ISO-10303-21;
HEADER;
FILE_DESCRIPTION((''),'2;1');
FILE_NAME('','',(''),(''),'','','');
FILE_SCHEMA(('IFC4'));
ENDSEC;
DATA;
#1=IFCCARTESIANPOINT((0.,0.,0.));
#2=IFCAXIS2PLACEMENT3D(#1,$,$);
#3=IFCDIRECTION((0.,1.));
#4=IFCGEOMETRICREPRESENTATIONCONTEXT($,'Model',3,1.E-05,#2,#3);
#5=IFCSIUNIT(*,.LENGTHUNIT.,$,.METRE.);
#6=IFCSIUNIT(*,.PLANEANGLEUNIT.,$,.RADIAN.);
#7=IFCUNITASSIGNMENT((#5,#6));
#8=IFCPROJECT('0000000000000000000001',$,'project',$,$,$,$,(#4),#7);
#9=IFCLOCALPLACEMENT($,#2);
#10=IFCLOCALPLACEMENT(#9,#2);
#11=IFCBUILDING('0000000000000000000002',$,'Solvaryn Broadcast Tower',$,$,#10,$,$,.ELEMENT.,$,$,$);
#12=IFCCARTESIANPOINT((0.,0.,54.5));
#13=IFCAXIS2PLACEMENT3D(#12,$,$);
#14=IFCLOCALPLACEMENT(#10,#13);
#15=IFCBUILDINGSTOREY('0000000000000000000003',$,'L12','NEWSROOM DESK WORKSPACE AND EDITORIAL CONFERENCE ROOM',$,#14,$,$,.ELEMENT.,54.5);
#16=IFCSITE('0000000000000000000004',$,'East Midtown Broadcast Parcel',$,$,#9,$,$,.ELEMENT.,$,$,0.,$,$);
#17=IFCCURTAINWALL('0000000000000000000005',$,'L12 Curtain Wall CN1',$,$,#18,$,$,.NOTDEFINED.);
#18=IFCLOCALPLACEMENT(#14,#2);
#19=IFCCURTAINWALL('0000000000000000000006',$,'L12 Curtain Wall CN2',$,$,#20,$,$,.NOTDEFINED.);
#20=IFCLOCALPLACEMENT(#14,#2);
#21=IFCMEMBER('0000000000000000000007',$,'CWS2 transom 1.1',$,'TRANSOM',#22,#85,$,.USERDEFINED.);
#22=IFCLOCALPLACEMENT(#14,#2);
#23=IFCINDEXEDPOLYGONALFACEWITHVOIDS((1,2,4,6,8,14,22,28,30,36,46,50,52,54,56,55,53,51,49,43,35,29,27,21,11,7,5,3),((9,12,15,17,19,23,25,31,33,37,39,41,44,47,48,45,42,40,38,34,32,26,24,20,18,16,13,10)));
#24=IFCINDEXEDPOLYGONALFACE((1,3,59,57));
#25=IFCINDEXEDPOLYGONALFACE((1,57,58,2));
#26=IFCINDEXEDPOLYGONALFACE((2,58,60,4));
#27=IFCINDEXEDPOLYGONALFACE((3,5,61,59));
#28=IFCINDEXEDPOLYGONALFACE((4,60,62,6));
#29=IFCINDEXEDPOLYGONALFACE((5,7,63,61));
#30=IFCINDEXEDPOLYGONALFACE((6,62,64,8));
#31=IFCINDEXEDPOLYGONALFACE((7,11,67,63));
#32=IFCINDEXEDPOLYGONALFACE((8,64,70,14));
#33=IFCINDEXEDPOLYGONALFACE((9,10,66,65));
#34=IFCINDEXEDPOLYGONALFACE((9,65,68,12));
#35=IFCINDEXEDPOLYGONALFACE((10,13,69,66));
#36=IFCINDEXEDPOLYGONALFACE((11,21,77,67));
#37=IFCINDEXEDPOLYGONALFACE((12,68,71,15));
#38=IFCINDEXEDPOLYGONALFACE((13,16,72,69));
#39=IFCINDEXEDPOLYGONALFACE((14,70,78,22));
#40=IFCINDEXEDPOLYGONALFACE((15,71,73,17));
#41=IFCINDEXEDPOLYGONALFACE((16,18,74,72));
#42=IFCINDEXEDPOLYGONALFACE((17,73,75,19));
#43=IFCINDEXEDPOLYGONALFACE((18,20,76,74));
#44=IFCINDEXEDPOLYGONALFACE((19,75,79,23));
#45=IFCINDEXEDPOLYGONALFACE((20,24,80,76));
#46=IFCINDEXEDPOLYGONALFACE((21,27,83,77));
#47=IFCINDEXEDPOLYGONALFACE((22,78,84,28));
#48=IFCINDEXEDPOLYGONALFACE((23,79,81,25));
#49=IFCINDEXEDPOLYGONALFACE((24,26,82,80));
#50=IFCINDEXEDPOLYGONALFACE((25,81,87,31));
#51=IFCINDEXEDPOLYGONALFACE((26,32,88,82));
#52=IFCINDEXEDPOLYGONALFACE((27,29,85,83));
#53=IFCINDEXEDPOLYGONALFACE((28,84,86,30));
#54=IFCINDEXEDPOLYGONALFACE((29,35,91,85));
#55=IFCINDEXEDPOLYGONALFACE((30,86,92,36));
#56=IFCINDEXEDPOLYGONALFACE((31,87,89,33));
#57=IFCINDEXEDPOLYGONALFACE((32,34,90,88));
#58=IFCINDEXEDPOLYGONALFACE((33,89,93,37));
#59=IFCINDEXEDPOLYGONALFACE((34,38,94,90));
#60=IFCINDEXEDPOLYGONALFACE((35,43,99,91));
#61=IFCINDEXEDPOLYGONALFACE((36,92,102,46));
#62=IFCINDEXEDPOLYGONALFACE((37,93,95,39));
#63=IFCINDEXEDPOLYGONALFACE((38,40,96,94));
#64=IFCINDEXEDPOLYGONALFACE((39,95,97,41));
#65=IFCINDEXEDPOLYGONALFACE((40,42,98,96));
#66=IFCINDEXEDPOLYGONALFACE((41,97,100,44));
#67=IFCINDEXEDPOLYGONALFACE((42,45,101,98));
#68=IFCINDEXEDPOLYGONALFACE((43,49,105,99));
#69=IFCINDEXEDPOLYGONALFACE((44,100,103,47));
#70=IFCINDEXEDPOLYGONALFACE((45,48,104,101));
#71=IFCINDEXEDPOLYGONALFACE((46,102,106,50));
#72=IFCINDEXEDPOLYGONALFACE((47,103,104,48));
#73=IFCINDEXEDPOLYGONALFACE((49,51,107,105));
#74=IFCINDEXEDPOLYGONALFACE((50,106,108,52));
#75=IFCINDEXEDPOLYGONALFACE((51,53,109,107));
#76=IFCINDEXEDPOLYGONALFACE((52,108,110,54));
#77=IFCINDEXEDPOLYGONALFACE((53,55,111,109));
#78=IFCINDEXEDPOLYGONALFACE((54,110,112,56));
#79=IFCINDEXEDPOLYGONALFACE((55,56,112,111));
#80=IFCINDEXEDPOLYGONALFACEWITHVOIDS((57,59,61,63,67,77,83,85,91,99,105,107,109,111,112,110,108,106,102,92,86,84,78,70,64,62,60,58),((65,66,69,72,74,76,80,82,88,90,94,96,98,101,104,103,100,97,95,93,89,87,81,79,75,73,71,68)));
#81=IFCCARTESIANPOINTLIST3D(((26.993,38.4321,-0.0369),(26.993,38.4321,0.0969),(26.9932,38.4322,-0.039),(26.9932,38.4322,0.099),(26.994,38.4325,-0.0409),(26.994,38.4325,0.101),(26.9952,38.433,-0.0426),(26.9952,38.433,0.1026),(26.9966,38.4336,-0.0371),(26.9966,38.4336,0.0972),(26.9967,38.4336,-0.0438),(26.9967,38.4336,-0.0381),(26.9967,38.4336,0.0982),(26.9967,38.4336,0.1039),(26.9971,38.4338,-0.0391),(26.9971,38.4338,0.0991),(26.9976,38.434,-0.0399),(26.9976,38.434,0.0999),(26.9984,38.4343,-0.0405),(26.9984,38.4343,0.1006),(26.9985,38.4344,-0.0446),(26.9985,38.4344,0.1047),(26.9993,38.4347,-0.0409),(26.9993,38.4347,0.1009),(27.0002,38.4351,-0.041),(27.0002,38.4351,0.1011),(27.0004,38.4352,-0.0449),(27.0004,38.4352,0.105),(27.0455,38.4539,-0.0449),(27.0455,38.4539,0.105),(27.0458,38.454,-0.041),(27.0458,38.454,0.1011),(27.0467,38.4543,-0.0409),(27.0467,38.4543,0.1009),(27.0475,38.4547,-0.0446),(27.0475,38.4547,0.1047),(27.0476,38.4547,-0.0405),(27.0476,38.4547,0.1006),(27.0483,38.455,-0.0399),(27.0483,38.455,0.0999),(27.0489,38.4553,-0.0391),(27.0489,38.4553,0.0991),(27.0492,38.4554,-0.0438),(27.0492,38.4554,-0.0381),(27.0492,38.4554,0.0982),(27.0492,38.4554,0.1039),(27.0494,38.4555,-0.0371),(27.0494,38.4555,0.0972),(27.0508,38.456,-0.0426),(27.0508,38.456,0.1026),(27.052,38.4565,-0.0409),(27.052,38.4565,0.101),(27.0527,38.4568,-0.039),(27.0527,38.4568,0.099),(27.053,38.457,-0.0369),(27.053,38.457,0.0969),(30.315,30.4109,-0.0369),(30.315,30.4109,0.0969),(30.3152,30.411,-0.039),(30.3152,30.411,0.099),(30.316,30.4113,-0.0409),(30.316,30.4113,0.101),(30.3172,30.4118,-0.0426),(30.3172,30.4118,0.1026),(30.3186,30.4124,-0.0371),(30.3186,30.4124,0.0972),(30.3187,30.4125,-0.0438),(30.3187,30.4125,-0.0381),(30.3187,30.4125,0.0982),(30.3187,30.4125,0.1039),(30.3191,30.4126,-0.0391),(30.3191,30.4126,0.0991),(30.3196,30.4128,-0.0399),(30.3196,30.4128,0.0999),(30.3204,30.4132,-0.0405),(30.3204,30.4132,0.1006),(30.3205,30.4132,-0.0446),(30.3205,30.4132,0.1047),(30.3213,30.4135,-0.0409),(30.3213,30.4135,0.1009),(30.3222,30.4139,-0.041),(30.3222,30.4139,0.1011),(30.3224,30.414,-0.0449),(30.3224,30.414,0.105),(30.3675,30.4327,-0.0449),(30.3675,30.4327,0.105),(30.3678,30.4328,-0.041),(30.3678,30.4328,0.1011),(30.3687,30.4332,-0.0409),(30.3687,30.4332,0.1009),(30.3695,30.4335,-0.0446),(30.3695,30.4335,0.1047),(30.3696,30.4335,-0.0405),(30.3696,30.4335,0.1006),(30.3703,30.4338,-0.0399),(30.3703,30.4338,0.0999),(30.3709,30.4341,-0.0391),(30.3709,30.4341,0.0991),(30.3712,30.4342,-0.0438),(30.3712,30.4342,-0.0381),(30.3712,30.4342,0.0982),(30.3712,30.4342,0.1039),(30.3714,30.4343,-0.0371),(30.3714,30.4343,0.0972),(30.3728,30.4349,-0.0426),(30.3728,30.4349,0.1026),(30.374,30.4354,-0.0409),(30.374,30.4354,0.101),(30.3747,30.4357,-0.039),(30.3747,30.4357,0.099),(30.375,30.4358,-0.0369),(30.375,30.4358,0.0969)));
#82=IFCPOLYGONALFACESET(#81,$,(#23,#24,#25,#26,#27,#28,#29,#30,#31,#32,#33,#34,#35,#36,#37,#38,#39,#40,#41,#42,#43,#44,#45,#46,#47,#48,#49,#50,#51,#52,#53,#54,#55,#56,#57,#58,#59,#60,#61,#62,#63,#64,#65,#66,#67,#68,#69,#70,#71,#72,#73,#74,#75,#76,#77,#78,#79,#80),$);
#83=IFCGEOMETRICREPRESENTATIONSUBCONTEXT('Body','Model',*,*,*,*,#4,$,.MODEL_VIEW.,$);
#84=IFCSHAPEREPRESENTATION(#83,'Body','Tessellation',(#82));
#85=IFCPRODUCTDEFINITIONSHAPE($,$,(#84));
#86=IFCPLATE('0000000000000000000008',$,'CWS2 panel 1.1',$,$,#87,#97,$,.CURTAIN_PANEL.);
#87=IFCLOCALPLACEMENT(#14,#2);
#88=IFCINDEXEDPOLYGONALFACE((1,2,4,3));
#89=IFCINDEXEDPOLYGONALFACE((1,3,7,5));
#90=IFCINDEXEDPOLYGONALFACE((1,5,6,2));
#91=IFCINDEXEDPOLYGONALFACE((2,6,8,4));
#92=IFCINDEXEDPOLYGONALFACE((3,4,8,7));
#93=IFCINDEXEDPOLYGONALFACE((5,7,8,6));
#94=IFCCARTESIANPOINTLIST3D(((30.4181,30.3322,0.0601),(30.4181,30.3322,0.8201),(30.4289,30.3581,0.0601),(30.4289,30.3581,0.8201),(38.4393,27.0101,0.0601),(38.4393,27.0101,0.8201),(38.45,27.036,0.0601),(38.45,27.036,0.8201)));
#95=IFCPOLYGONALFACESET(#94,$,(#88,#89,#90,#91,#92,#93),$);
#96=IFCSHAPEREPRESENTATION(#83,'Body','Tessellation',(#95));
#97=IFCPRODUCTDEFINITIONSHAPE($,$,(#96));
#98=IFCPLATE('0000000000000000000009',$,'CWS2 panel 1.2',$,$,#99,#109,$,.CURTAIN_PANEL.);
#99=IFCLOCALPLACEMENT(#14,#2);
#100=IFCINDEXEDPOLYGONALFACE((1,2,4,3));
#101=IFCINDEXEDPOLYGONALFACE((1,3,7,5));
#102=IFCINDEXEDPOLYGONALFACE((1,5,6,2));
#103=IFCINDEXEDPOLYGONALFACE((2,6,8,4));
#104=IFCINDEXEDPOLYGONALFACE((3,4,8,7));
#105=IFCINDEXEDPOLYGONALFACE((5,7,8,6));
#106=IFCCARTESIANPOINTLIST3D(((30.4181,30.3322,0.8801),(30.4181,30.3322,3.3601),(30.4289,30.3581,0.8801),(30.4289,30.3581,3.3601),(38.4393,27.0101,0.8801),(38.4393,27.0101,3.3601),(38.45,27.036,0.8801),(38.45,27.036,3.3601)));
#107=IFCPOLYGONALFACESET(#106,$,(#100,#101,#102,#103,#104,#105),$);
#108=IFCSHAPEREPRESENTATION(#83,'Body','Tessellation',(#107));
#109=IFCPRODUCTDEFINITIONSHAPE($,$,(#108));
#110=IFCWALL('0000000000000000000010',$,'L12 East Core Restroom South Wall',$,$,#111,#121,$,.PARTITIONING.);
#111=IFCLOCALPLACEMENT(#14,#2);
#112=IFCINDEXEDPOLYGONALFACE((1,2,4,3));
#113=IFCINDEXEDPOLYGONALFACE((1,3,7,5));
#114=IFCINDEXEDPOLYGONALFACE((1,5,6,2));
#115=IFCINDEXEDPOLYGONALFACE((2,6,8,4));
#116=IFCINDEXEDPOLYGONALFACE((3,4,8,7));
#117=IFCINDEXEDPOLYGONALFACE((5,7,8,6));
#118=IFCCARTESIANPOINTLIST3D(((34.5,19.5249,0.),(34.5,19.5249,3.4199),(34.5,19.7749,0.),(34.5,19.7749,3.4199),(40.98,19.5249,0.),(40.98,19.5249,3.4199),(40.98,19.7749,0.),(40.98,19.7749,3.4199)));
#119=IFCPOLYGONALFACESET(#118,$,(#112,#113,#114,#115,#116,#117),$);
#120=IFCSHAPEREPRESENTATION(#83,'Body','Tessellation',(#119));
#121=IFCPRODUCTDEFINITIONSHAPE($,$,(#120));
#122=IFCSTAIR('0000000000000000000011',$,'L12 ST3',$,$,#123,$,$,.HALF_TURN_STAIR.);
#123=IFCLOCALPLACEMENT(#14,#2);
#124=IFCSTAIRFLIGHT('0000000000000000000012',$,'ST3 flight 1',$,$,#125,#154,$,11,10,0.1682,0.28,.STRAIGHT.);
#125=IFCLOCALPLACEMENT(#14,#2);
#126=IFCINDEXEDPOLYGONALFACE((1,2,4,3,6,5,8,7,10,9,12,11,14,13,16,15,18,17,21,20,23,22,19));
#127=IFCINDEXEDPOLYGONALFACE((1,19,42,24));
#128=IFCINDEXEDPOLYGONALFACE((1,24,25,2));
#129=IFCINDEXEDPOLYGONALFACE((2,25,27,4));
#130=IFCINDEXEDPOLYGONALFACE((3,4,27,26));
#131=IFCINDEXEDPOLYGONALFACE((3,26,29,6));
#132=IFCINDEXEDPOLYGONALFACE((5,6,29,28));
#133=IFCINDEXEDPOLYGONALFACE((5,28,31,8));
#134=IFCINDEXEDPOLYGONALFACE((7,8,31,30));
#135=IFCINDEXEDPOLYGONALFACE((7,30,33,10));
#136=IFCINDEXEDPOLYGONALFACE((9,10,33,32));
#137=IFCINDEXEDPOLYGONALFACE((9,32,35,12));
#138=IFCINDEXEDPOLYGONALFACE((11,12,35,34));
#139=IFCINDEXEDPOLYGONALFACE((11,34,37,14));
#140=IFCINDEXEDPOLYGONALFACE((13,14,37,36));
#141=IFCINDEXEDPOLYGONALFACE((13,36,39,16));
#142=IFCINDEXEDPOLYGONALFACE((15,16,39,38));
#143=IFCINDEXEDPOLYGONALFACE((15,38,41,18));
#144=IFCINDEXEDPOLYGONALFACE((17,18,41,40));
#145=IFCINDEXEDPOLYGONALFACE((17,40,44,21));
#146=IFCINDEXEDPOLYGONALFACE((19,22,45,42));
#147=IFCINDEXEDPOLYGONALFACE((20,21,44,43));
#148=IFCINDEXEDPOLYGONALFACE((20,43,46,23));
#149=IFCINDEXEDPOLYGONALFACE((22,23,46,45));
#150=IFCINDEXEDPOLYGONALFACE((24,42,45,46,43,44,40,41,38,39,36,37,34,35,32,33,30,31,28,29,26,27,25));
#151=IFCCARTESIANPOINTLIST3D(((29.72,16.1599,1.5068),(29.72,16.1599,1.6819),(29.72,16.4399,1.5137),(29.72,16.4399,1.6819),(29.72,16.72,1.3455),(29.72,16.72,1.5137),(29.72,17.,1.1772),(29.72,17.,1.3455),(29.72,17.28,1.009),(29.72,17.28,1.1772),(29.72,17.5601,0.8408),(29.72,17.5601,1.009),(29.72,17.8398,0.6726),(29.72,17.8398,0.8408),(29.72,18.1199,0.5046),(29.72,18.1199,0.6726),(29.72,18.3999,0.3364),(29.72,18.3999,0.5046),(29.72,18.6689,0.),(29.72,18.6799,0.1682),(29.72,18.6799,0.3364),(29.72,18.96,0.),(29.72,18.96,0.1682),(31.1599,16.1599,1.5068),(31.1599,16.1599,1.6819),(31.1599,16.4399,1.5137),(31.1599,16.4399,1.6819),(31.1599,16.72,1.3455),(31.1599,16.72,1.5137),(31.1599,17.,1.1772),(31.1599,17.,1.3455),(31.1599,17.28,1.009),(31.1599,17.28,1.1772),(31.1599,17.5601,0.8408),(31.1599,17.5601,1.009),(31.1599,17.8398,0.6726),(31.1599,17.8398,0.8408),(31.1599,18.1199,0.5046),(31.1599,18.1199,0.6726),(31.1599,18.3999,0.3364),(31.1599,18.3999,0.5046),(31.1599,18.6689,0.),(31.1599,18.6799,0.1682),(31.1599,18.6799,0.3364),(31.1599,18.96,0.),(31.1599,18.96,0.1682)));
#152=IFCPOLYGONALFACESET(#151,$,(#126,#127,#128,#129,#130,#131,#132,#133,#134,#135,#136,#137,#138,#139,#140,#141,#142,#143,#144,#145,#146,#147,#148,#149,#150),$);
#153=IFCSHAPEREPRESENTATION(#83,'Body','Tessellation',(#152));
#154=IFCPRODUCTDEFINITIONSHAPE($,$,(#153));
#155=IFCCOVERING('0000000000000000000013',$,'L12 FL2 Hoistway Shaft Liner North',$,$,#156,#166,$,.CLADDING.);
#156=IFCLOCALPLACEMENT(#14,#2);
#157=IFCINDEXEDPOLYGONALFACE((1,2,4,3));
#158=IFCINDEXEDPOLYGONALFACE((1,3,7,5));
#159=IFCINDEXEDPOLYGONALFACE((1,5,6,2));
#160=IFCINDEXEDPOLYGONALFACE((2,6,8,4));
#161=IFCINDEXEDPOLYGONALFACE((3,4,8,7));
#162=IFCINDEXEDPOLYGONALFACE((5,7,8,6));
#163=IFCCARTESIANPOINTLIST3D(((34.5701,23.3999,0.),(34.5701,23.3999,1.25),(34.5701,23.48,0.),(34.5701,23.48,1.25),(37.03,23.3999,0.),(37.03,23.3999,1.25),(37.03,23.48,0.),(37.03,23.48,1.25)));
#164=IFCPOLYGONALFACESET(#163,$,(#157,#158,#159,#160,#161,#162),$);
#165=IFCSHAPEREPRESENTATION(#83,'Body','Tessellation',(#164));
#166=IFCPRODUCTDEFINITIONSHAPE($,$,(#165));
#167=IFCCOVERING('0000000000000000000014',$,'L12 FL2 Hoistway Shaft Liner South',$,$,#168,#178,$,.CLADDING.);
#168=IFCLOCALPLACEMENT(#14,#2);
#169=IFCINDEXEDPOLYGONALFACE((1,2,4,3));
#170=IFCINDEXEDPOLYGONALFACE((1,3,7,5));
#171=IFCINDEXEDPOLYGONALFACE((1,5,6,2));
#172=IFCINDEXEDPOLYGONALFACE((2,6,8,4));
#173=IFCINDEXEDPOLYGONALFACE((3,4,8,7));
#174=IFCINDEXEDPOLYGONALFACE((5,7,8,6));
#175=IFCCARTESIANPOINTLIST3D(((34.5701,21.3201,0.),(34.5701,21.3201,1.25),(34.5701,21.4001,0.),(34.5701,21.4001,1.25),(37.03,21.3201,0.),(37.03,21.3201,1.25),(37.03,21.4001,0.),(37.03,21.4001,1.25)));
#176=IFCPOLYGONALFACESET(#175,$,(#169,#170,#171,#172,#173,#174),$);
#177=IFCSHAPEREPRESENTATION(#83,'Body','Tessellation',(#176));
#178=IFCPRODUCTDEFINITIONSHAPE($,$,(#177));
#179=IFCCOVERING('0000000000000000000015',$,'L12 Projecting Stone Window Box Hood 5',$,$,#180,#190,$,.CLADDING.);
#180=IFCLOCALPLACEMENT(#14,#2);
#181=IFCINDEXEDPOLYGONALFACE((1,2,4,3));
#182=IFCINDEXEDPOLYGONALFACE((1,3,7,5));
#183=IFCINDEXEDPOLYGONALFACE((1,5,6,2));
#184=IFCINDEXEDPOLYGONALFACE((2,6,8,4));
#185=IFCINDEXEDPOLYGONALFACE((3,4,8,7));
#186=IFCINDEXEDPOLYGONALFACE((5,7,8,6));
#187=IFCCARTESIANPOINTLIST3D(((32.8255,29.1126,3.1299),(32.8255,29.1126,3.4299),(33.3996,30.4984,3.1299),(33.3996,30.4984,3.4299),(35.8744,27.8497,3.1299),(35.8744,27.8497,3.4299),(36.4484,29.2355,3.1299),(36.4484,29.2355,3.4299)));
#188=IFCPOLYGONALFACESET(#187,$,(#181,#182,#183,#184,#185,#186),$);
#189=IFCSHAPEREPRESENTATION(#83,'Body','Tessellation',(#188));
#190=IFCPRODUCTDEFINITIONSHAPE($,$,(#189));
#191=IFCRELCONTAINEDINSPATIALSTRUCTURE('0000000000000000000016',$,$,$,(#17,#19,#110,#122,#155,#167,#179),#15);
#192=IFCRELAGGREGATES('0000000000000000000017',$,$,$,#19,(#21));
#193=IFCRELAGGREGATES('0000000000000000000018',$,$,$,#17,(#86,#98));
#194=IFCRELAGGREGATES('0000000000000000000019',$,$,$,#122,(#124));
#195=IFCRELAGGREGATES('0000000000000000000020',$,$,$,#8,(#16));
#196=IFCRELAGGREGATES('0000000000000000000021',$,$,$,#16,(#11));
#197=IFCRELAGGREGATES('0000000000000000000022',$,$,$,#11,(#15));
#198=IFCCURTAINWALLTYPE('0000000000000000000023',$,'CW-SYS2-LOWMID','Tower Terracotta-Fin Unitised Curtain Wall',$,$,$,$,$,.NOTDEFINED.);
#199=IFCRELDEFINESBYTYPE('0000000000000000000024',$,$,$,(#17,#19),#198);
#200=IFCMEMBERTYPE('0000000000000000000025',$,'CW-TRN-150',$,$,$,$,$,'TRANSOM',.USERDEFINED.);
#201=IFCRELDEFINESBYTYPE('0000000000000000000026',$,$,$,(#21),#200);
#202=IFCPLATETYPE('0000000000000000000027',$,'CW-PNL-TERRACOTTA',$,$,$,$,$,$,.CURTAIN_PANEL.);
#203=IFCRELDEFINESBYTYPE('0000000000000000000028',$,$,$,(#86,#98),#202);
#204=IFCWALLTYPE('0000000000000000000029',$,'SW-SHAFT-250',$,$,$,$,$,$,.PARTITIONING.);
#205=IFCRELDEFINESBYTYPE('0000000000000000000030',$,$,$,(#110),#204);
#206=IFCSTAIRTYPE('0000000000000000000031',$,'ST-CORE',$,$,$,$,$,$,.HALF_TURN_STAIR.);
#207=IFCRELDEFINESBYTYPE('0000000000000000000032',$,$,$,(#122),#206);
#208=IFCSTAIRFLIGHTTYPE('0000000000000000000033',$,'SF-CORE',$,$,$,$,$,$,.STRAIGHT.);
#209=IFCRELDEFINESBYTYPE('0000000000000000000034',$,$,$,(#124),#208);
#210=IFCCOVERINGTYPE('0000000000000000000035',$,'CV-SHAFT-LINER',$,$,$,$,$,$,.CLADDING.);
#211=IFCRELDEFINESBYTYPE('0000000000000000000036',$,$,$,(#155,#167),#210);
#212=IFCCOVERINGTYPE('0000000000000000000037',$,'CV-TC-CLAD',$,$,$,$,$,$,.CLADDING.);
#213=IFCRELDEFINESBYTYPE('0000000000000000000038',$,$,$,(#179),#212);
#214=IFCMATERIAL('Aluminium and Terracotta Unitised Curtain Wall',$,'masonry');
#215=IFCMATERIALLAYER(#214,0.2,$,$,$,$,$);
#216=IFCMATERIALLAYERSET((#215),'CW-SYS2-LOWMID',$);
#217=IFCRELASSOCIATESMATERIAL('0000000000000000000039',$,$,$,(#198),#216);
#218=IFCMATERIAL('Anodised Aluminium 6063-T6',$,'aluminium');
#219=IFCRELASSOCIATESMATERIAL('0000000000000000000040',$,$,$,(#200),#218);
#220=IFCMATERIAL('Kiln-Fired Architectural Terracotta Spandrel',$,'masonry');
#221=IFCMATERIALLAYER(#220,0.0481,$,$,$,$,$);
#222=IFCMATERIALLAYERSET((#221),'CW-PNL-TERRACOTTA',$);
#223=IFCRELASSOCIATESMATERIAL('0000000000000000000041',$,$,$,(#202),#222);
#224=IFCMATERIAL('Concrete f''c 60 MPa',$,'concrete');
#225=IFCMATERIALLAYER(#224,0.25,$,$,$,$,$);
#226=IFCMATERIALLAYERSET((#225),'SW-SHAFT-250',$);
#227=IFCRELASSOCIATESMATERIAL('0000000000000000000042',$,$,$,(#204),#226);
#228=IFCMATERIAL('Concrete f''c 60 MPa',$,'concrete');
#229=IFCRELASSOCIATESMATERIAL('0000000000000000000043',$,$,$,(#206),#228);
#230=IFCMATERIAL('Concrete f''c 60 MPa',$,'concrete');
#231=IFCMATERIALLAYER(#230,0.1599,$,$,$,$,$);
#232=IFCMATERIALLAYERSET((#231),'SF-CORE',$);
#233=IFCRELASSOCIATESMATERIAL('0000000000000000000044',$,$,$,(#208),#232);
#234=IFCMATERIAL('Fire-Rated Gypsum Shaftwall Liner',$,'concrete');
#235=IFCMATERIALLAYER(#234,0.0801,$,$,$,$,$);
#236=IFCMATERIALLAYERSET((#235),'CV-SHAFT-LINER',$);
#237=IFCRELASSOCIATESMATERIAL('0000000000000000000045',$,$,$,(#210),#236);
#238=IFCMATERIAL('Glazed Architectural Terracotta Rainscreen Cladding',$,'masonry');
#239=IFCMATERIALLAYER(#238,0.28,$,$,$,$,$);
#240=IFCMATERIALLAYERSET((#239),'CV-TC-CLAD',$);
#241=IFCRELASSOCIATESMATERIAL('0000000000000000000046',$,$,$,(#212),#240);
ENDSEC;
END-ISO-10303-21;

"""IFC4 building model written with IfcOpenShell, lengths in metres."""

from ifc_helpers import new_model, si_unit, direction, frame, frame_2d, origin, origin_2d, place, context, subcontext, project, spatial, polyline, rectangle, hollow_rectangle, outline, extrude, material, layer, layer_set, material_profile, profile_set, type_object, element, aggregate, save


model = new_model("IFC4")

# Units and contexts
model_context = context("Model", 3, precision=1e-05, world=origin(), true_north=direction((0.0, 1.0)))
body_context = subcontext(model_context, "Body", "Model", "MODEL_VIEW")
ifc_project = project(units=[si_unit("LENGTHUNIT", "METRE"), si_unit("PLANEANGLEUNIT", "RADIAN")], contexts=[model_context])

# Site, building, storey
site_placement = place(None, origin())
site = spatial("IfcSite", under=ifc_project, at=site_placement, Name="East Midtown Broadcast Parcel", CompositionType="ELEMENT", RefElevation=0.0)
building_placement = place(site_placement, origin())
building = spatial("IfcBuilding", under=site, at=building_placement, Name="Solvaryn Broadcast Tower", CompositionType="ELEMENT")
storey_placement = place(building_placement, frame((0.0, 0.0, 54.5)))
storey = spatial("IfcBuildingStorey", under=building, at=storey_placement, Name="L12", Description="NEWSROOM DESK WORKSPACE AND EDITORIAL CONFERENCE ROOM", CompositionType="ELEMENT", Elevation=54.5)

# Curtain wall
ifc_material_1 = material(Name="Aluminium and Terracotta Unitised Curtain Wall", Category="masonry")
ifc_layer_1 = layer(ifc_material_1, 0.2)
ifc_layer_set_1 = layer_set([ifc_layer_1], Name="CW-SYS2-LOWMID")
curtain_wall_type = type_object("IfcCurtainWallType", Name="CW-SYS2-LOWMID", Description="Tower Terracotta-Fin Unitised Curtain Wall", PredefinedType="NOTDEFINED", material=ifc_layer_set_1)
curtain_wall_1_placement = place(storey_placement, origin())
curtain_wall_1 = element("IfcCurtainWall", 1, at=curtain_wall_1_placement, inside=storey, type_object=curtain_wall_type, Name="L12 Curtain Wall CN1", PredefinedType="NOTDEFINED")

# Curtain wall, member
curtain_wall_2_placement = place(storey_placement, origin())
curtain_wall_2 = element("IfcCurtainWall", 2, at=curtain_wall_2_placement, inside=storey, type_object=curtain_wall_type, Name="L12 Curtain Wall CN2", PredefinedType="NOTDEFINED")
ifc_material_2 = material(Name="Anodised Aluminium 6063-T6", Category="aluminium")
ifc_material_profile_1 = material_profile(ifc_material_2, hollow_rectangle(XDim=0.0649, YDim=0.1499, WallThickness=0.0039, InnerFilletRadius=0.0039, OuterFilletRadius=0.0081, at=origin_2d()))
ifc_profile_set_1 = profile_set([ifc_material_profile_1], Name="Anodised Aluminium 6063-T6")
member_type_1 = type_object("IfcMemberType", Name="CW-TRN-150", ElementType="TRANSOM", PredefinedType="USERDEFINED", material=ifc_profile_set_1)
member_1_placement = place(storey_placement, frame((30.345, 30.4233, 0.03), z_axis=(-0.382636, 0.923899, 0.0), x_axis=(-0.923899, -0.382636, 0.0)))
member_1 = element("IfcMember", 3, at=member_1_placement, type_object=member_type_1, Name="CWS2 transom 1.1", ObjectType="TRANSOM", PredefinedType="USERDEFINED", context=body_context, shape_type="SweptSolid", body=[
    extrude(hollow_rectangle(XDim=0.0649, YDim=0.1499, WallThickness=0.0039, InnerFilletRadius=0.0039, OuterFilletRadius=0.0081, at=origin_2d()), origin(), (0.0, 0.0, 1.0), 8.6819),
])
aggregate(curtain_wall_2, [member_1])

# Plates
ifc_material_3 = material(Name="Kiln-Fired Architectural Terracotta Spandrel", Category="masonry")
ifc_layer_2 = layer(ifc_material_3, 0.0481)
ifc_layer_set_2 = layer_set([ifc_layer_2], Name="CW-PNL-TERRACOTTA")
plate_type = type_object("IfcPlateType", Name="CW-PNL-TERRACOTTA", PredefinedType="CURTAIN_PANEL", material=ifc_layer_set_2)
plate_1_placement = place(storey_placement, frame((34.4341, 28.6841, 0.0601), z_axis=(0.0, 0.0, 1.0), x_axis=(-0.923895, 0.382646, 0.0)))
plate_1 = element("IfcPlate", 4, at=plate_1_placement, type_object=plate_type, Name="CWS2 panel 1.1", PredefinedType="CURTAIN_PANEL", context=body_context, shape_type="SweptSolid", body=[
    extrude(rectangle(XDim=8.6819, YDim=0.0281, at=origin_2d()), origin(), (0.0, 0.0, 1.0), 0.76),
])
plate_2_placement = place(storey_placement, frame((34.4341, 28.6841, 0.8801), z_axis=(0.0, 0.0, 1.0), x_axis=(-0.923895, 0.382646, 0.0)))
plate_2 = element("IfcPlate", 5, at=plate_2_placement, type_object=plate_type, Name="CWS2 panel 1.2", PredefinedType="CURTAIN_PANEL", context=body_context, shape_type="SweptSolid", body=[
    extrude(rectangle(XDim=8.6819, YDim=0.0281, at=origin_2d()), origin(), (0.0, 0.0, 1.0), 2.48),
])
aggregate(curtain_wall_1, [plate_1, plate_2])

# Shared definitions
ifc_material_4 = material(Name="Concrete f'c 60 MPa", Category="concrete")
ifc_layer_3 = layer(ifc_material_4, 0.25)
ifc_layer_set_3 = layer_set([ifc_layer_3], Name="SW-SHAFT-250")
wall_type_1 = type_object("IfcWallType", Name="SW-SHAFT-250", PredefinedType="PARTITIONING", material=ifc_layer_set_3)

# Wall
wall_1_placement = place(storey_placement, frame((34.5, 19.6499, 0.0), z_axis=(0.0, 0.0, 1.0), x_axis=(1.0, 0.0, 0.0)))
element("IfcWall", 6, at=wall_1_placement, inside=storey, type_object=wall_type_1, Name="L12 East Core Restroom South Wall", PredefinedType="PARTITIONING", context=body_context, shape_type="SweptSolid", body=[
    extrude(rectangle(XDim=6.48, YDim=0.25, at=frame_2d((3.24, 0.0))), origin(), (0.0, 0.0, 1.0), 3.4199),
])

# Stair, stair flight
ifc_material_5 = material(Name="Concrete f'c 60 MPa", Category="concrete")
stair_type = type_object("IfcStairType", Name="ST-CORE", PredefinedType="HALF_TURN_STAIR", material=ifc_material_5)
stair_placement = place(storey_placement, origin())
stair = element("IfcStair", 7, at=stair_placement, inside=storey, type_object=stair_type, Name="L12 ST3", PredefinedType="HALF_TURN_STAIR")
ifc_material_6 = material(Name="Concrete f'c 60 MPa", Category="concrete")
ifc_layer_4 = layer(ifc_material_6, 0.1599)
ifc_layer_set_4 = layer_set([ifc_layer_4], Name="SF-CORE")
stair_flight_type = type_object("IfcStairFlightType", Name="SF-CORE", PredefinedType="STRAIGHT", material=ifc_layer_set_4)
stair_flight_placement = place(storey_placement, frame((30.4399, 18.96, 0.0), z_axis=(0.0, 0.0, 1.0), x_axis=(0.0, -1.0, 0.0)))
stair_flight = element("IfcStairFlight", 8, at=stair_flight_placement, type_object=stair_flight_type, Name="ST3 flight 1", NumberOfRisers=11, NumberOfTreads=10, PredefinedType="STRAIGHT", RiserHeight=0.1682, TreadLength=0.28, context=body_context, shape_type="SweptSolid", body=[
    extrude(outline(polyline([(0.0, 0.0), (0.0, 0.1682), (0.28, 0.1682), (0.28, 0.3364), (0.5601, 0.3364), (0.5601, 0.5046), (0.8401, 0.5046), (0.8401, 0.6726), (1.1201, 0.6726), (1.1201, 0.8408), (1.3999, 0.8408), (1.3999, 1.009), (1.6799, 1.009), (1.6799, 1.1772), (1.96, 1.1772), (1.96, 1.3455), (2.24, 1.3455), (2.24, 1.5137), (2.52, 1.5137), (2.52, 1.6819), (2.8, 1.6819), (2.8, 1.8501), (2.8, 1.5068), (0.291, 0.0), (0.0, 0.0)])), frame((0.0, 0.72, 0.0), z_axis=(0.0, -1.0, 0.0), x_axis=(1.0, 0.0, 0.0)), (0.0, 0.0, 1.0), 1.4399),
])
aggregate(stair, [stair_flight])

# Coverings
ifc_material_7 = material(Name="Fire-Rated Gypsum Shaftwall Liner", Category="concrete")
ifc_layer_5 = layer(ifc_material_7, 0.0801)
ifc_layer_set_5 = layer_set([ifc_layer_5], Name="CV-SHAFT-LINER")
covering_type_1 = type_object("IfcCoveringType", Name="CV-SHAFT-LINER", PredefinedType="CLADDING", material=ifc_layer_set_5)
for number, where, z_axis, x_axis, name in (
    (9, (35.8, 23.4399, 0.0), (0.0, 0.0, 1.0), (1.0, 0.0, 0.0), "L12 FL2 Hoistway Shaft Liner North"),
    (10, (35.8, 21.3601, 0.0), (0.0, 0.0, 1.0), (1.0, 0.0, 0.0), "L12 FL2 Hoistway Shaft Liner South"),
):
    element("IfcCovering", number, at=place(storey_placement, frame(where, z_axis=z_axis, x_axis=x_axis)), inside=storey, type_object=covering_type_1, Name=name, PredefinedType="CLADDING", context=body_context, shape_type="SweptSolid", body=[
        extrude(rectangle(XDim=2.46, YDim=0.0801, at=origin_2d()), origin(), (0.0, 0.0, 1.0), 1.25),
    ])
ifc_material_8 = material(Name="Glazed Architectural Terracotta Rainscreen Cladding", Category="masonry")
ifc_layer_6 = layer(ifc_material_8, 0.28)
ifc_layer_set_6 = layer_set([ifc_layer_6], Name="CV-TC-CLAD")
covering_type_2 = type_object("IfcCoveringType", Name="CV-TC-CLAD", PredefinedType="CLADDING", material=ifc_layer_set_6)
for number, where, z_axis, x_axis, name in (
    (11, (34.637, 29.1741, 3.1299), (0.0, 0.0, 1.0), (-0.92388, 0.382683, 0.0), "L12 Projecting Stone Window Box Hood 5"),
):
    element("IfcCovering", number, at=place(storey_placement, frame(where, z_axis=z_axis, x_axis=x_axis)), inside=storey, type_object=covering_type_2, Name=name, PredefinedType="CLADDING", context=body_context, shape_type="SweptSolid", body=[
        extrude(rectangle(XDim=3.3, YDim=1.5, at=origin_2d()), origin(), (0.0, 0.0, 1.0), 0.3),
    ])

save(model, "model.ifc")
